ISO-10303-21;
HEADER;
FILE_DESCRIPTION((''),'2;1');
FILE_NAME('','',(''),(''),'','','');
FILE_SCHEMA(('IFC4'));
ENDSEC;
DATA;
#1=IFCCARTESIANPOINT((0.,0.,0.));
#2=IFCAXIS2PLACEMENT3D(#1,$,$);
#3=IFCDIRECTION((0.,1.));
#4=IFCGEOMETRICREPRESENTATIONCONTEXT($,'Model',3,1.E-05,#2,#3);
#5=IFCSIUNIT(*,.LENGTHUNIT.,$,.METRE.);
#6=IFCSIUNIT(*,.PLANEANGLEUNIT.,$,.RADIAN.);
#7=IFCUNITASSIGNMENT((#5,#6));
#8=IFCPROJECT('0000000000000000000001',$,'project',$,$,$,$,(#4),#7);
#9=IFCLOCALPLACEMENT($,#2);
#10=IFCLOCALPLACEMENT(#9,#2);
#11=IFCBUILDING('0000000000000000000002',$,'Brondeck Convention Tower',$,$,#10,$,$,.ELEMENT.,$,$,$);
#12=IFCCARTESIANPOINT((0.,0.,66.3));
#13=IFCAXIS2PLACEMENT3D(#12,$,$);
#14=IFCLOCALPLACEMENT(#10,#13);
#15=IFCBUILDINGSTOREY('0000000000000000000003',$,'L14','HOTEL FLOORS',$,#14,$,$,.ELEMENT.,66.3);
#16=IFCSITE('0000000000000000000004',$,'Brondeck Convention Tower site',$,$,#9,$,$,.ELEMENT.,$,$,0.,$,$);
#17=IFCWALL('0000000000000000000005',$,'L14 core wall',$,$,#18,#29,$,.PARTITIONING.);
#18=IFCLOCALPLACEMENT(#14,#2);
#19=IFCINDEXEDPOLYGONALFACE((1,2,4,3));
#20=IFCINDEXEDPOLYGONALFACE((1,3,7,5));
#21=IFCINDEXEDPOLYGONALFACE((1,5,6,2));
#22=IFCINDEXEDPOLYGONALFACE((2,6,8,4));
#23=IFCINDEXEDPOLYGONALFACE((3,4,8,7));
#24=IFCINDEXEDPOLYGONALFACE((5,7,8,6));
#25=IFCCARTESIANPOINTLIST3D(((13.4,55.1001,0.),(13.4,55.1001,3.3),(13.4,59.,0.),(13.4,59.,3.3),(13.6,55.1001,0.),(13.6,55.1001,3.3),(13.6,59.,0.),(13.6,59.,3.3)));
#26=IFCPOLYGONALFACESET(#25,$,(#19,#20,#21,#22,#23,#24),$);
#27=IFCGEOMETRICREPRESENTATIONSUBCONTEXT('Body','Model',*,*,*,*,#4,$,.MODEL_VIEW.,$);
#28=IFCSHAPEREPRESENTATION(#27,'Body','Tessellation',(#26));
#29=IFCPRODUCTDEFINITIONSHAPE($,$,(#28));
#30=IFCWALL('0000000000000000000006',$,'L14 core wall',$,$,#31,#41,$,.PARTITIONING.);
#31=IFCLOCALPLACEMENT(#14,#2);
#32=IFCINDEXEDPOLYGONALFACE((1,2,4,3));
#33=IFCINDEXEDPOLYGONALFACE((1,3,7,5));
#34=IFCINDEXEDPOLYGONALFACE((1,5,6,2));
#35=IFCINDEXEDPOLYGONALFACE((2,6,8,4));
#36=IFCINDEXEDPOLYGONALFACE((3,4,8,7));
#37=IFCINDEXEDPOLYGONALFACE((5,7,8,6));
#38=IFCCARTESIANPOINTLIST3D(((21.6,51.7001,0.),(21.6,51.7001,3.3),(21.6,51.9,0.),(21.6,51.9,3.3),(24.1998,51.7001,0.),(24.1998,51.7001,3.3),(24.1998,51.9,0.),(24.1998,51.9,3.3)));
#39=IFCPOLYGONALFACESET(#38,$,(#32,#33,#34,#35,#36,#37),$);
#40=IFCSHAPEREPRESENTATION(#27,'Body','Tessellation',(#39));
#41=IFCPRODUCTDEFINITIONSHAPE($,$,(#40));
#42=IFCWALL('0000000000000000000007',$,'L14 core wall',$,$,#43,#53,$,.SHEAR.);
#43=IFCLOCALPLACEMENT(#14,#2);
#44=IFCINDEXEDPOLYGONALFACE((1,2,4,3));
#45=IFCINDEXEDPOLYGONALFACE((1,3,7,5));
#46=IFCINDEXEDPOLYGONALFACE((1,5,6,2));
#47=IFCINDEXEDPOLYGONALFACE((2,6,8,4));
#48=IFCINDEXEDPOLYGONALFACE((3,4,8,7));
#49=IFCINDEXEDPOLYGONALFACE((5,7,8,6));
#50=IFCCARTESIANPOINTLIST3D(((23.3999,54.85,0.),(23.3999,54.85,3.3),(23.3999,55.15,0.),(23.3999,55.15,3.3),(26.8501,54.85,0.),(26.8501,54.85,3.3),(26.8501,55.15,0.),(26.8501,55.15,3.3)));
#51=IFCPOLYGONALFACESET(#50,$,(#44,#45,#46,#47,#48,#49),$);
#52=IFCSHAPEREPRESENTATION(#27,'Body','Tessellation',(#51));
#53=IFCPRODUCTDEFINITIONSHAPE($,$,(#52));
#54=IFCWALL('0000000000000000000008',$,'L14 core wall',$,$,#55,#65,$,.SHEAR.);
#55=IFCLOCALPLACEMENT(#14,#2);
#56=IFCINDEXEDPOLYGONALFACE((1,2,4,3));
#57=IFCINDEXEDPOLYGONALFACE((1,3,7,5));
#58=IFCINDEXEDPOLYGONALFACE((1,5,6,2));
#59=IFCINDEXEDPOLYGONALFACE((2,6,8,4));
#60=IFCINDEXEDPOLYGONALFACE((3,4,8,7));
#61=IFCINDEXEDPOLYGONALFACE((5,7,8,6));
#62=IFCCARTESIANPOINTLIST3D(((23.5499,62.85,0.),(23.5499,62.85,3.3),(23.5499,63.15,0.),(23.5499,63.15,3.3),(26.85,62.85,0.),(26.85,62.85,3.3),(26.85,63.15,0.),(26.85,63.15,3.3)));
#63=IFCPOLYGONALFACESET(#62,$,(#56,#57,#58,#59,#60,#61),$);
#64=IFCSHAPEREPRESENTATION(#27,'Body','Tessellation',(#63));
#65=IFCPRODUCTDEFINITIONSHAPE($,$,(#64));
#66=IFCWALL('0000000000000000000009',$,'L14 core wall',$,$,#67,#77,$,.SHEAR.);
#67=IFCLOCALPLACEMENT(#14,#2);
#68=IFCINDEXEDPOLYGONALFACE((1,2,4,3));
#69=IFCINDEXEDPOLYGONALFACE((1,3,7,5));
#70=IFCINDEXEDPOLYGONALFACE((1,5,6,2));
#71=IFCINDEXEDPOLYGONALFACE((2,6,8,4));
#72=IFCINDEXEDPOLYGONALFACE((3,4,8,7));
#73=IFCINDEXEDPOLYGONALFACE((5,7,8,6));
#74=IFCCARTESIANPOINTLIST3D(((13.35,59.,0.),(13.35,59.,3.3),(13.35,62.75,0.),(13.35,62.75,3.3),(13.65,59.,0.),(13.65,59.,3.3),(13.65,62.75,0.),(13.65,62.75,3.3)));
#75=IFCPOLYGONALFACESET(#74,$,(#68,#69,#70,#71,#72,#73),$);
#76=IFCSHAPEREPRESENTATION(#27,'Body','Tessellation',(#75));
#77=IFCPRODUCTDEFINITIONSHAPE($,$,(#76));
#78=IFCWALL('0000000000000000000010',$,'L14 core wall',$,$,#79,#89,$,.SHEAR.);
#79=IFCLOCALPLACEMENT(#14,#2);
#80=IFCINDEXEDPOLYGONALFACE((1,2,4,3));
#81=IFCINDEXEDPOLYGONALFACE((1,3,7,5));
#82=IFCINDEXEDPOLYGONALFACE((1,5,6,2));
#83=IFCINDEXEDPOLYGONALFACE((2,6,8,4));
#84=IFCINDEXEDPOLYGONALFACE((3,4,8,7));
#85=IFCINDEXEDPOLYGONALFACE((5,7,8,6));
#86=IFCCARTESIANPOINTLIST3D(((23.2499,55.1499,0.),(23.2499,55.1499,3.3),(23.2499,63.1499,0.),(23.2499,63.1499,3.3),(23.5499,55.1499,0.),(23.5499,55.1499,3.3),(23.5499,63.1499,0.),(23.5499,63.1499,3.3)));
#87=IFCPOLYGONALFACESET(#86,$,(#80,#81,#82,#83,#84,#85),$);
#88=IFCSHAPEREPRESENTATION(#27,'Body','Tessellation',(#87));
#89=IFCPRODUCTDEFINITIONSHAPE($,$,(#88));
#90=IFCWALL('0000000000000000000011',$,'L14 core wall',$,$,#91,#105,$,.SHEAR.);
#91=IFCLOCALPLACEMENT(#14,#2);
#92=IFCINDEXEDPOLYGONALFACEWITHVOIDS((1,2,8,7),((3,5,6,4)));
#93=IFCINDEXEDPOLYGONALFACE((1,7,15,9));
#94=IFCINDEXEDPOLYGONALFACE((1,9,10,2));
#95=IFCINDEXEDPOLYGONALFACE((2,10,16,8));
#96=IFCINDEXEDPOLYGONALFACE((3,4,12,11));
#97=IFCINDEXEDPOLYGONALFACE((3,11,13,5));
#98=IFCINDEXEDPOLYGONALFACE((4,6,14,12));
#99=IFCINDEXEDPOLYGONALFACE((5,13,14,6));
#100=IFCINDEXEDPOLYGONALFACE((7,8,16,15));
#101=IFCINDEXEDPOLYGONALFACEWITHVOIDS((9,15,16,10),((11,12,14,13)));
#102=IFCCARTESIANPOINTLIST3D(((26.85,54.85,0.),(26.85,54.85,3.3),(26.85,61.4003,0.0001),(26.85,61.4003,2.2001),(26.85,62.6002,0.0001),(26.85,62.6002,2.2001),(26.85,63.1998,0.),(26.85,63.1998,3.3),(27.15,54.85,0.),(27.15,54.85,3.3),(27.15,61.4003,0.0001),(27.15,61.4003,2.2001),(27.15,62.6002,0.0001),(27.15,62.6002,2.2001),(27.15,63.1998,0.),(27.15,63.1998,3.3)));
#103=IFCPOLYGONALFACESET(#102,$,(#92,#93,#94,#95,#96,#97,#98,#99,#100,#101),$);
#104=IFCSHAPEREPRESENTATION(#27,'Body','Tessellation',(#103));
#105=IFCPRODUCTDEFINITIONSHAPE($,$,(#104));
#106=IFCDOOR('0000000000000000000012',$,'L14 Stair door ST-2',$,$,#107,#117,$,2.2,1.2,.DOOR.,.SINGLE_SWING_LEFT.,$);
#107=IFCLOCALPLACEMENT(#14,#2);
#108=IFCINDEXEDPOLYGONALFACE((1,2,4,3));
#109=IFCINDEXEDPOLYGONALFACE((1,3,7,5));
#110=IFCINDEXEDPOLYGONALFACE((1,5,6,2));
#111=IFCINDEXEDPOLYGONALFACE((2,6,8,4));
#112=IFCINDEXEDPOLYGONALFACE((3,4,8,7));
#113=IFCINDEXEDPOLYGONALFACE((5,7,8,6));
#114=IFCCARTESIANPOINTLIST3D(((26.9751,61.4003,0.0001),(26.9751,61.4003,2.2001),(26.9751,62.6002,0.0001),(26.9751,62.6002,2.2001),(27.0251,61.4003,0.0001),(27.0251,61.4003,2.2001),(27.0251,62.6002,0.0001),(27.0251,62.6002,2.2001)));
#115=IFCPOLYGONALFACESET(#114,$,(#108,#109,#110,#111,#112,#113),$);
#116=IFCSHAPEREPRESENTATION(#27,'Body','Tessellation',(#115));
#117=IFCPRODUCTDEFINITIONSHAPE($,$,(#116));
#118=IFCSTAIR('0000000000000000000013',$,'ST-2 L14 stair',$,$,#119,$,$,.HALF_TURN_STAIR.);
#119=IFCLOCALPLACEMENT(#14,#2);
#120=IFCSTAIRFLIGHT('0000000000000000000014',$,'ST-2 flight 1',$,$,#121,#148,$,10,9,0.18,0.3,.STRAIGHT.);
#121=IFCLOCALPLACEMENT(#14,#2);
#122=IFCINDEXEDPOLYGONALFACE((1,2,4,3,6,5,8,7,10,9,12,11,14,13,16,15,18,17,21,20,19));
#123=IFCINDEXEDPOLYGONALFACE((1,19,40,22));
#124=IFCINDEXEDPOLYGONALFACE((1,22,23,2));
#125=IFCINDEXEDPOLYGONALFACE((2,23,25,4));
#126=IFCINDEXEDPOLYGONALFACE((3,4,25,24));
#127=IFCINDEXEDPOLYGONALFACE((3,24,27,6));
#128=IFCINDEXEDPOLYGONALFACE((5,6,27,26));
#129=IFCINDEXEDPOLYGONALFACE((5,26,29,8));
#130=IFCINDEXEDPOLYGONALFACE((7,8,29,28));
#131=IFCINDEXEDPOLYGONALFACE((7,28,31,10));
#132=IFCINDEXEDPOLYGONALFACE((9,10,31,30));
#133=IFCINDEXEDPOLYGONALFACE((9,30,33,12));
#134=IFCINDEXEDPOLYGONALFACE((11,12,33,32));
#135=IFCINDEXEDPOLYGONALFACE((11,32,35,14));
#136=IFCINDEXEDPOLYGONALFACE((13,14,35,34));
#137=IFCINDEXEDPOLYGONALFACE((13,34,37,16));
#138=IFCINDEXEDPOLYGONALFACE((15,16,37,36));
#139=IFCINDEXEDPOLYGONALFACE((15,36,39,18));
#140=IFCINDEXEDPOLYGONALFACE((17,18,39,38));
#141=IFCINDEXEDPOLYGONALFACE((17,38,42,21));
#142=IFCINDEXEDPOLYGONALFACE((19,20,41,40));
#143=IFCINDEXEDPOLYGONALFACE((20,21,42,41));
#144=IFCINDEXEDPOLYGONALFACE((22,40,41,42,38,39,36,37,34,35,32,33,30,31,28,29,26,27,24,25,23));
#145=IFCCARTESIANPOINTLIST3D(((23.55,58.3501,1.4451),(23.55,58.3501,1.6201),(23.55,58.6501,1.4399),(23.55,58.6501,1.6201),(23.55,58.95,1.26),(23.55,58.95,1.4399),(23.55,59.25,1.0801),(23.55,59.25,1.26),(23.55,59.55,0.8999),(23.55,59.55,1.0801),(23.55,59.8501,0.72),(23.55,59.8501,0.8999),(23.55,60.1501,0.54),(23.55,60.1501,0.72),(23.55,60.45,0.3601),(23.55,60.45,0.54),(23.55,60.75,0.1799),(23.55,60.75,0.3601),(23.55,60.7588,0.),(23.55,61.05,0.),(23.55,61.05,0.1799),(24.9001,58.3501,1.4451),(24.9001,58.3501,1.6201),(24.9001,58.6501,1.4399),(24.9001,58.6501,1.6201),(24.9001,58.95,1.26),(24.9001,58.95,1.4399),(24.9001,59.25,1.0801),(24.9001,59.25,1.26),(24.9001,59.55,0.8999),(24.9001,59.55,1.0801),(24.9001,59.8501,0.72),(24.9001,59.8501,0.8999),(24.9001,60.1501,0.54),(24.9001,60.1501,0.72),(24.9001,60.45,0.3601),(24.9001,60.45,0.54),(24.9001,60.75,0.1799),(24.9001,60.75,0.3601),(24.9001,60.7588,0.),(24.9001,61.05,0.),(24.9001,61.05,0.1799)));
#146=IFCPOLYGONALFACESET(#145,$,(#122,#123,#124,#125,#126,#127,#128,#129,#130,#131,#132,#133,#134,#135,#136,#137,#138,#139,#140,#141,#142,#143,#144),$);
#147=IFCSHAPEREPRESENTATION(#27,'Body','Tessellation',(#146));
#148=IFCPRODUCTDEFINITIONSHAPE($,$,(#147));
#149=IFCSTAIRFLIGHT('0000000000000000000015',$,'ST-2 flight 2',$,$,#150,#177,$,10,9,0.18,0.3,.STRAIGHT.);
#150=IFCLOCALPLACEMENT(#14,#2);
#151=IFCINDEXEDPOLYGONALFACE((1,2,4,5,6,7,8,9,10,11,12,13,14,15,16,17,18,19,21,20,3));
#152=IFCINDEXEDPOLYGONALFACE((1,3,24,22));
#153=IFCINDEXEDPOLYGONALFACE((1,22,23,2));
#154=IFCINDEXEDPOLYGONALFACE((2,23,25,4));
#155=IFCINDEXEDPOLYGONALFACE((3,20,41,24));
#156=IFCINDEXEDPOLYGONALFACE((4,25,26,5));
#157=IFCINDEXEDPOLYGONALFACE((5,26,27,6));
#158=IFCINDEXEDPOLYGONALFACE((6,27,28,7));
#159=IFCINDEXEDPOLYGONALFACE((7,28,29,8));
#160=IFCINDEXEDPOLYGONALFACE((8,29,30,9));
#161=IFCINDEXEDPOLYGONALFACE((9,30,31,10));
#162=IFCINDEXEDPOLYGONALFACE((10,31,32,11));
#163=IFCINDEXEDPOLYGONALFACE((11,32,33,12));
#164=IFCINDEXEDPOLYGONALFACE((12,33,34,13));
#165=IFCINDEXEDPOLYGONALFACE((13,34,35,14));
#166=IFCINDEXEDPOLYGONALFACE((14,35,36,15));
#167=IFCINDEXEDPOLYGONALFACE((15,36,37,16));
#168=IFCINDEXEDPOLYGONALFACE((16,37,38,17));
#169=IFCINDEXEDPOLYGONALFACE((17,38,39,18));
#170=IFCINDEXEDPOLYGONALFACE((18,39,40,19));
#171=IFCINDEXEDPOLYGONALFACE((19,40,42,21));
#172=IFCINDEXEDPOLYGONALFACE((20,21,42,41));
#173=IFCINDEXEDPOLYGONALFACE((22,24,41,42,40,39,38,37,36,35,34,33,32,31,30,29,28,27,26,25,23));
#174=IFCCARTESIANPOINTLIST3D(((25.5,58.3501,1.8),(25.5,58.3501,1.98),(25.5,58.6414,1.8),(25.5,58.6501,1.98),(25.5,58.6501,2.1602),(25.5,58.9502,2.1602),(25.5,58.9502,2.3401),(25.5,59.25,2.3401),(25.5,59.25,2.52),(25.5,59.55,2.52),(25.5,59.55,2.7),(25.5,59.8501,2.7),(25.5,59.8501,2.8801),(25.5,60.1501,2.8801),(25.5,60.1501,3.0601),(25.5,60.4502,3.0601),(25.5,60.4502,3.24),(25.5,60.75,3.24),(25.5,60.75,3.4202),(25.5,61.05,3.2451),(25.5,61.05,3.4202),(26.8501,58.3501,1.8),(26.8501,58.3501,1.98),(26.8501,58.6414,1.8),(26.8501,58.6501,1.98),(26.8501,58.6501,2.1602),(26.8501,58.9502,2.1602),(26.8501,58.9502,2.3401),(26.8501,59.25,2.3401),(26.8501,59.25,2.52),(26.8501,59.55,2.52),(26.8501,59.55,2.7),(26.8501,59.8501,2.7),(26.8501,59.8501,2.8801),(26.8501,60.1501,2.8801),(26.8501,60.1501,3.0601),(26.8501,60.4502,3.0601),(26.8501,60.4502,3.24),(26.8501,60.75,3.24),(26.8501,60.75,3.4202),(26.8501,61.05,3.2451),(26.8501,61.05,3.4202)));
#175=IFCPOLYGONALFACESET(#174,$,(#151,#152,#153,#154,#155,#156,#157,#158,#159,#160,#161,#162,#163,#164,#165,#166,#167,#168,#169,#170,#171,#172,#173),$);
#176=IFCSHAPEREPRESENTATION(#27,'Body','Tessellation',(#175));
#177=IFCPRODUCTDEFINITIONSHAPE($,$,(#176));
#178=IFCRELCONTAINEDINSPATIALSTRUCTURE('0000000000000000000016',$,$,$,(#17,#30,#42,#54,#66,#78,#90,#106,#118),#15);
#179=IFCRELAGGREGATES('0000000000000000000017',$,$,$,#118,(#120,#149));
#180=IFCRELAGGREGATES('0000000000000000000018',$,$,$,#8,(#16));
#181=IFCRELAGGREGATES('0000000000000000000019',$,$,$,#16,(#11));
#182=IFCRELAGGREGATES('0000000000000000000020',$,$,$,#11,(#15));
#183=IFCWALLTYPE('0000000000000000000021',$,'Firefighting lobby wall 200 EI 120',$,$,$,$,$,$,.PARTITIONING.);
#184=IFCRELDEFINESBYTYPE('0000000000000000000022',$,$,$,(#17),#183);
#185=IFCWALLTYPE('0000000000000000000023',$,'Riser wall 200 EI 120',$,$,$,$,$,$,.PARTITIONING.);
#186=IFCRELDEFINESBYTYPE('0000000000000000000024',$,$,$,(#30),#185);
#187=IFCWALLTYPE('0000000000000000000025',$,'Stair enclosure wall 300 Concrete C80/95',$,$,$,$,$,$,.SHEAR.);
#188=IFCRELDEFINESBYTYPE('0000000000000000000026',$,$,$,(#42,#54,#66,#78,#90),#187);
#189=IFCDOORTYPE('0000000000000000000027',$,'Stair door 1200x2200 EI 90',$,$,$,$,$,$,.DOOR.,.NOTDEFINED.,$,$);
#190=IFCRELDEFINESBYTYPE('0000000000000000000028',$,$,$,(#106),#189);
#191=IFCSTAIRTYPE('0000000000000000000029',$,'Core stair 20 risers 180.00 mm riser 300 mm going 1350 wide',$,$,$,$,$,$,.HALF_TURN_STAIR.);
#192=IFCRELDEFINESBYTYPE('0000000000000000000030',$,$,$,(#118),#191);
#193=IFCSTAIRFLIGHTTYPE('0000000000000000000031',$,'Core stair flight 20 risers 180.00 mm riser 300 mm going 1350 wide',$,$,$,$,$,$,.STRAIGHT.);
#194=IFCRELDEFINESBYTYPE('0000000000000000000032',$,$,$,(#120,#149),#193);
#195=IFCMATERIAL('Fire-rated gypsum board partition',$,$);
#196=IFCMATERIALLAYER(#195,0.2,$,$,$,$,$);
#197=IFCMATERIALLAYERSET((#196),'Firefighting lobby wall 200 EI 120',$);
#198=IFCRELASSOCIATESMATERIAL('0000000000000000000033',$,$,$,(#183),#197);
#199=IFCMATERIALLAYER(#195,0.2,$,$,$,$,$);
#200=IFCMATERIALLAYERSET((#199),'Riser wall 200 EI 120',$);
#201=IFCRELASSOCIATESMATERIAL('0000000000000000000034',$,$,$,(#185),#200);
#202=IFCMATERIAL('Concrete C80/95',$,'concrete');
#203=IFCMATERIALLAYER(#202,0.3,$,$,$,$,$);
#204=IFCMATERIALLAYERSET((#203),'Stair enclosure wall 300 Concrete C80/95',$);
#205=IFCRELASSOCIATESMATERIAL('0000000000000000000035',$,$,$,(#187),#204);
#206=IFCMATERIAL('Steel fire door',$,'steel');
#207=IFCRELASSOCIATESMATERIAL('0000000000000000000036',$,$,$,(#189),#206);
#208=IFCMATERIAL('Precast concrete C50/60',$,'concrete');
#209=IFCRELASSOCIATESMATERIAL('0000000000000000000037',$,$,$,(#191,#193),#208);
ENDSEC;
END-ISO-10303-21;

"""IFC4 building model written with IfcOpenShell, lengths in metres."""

from ifc_helpers import new_model, si_unit, direction, frame, frame_2d, origin, place, context, subcontext, project, spatial, polyline, rectangle, outline, extrude, material, layer, layer_set, type_object, element, fill, aggregate, save


model = new_model("IFC4")

# Units and contexts
model_context = context("Model", 3, precision=1e-05, world=origin(), true_north=direction((0.0, 1.0)))
body_context = subcontext(model_context, "Body", "Model", "MODEL_VIEW")
ifc_project = project(units=[si_unit("LENGTHUNIT", "METRE"), si_unit("PLANEANGLEUNIT", "RADIAN")], contexts=[model_context])

# Site, building, storey
site_placement = place(None, origin())
site = spatial("IfcSite", under=ifc_project, at=site_placement, Name="Brondeck Convention Tower site", CompositionType="ELEMENT", RefElevation=0.0)
building_placement = place(site_placement, origin())
building = spatial("IfcBuilding", under=site, at=building_placement, Name="Brondeck Convention Tower", CompositionType="ELEMENT")
storey_placement = place(building_placement, frame((0.0, 0.0, 66.3)))
storey = spatial("IfcBuildingStorey", under=building, at=storey_placement, Name="L14", Description="HOTEL FLOORS", CompositionType="ELEMENT", Elevation=66.3)

# Shared definitions
ifc_material_1 = material(Name="Concrete C80/95", Category="concrete")

# Shared definitions
ifc_material_2 = material(Name="Fire-rated gypsum board partition")
ifc_material_3 = material(Name="Steel fire door", Category="steel")

# Walls
ifc_layer_1 = layer(ifc_material_2, 0.2)
ifc_layer_set_1 = layer_set([ifc_layer_1], Name="Firefighting lobby wall 200 EI 120")
wall_type_1 = type_object("IfcWallType", Name="Firefighting lobby wall 200 EI 120", PredefinedType="PARTITIONING", material=ifc_layer_set_1)
wall_1_placement = place(storey_placement, frame((13.5, 55.1001, 0.0), z_axis=(0.0, 0.0, 1.0), x_axis=(0.0, 1.0, 0.0)))
element("IfcWall", 1, at=wall_1_placement, inside=storey, type_object=wall_type_1, Name="L14 core wall", PredefinedType="PARTITIONING", context=body_context, shape_type="SweptSolid", body=[
    extrude(rectangle(XDim=3.8999, YDim=0.2, at=frame_2d((1.95, 0.0))), origin(), (0.0, 0.0, 1.0), 3.3),
])
ifc_layer_2 = layer(ifc_material_2, 0.2)
ifc_layer_set_2 = layer_set([ifc_layer_2], Name="Riser wall 200 EI 120")
wall_type_2 = type_object("IfcWallType", Name="Riser wall 200 EI 120", PredefinedType="PARTITIONING", material=ifc_layer_set_2)
wall_2_placement = place(storey_placement, frame((21.6001, 51.8, 0.0), z_axis=(0.0, 0.0, 1.0), x_axis=(1.0, 0.0, 0.0)))
element("IfcWall", 2, at=wall_2_placement, inside=storey, type_object=wall_type_2, Name="L14 core wall", PredefinedType="PARTITIONING", context=body_context, shape_type="SweptSolid", body=[
    extrude(rectangle(XDim=2.5999, YDim=0.2, at=frame_2d((1.2998, 0.0))), origin(), (0.0, 0.0, 1.0), 3.3),
])
ifc_layer_3 = layer(ifc_material_1, 0.3)
ifc_layer_set_3 = layer_set([ifc_layer_3], Name="Stair enclosure wall 300 Concrete C80/95")
wall_type_3 = type_object("IfcWallType", Name="Stair enclosure wall 300 Concrete C80/95", PredefinedType="SHEAR", material=ifc_layer_set_3)
wall_3_placement = place(storey_placement, frame((23.3999, 55.0, 0.0), z_axis=(0.0, 0.0, 1.0), x_axis=(1.0, 0.0, 0.0)))
element("IfcWall", 3, at=wall_3_placement, inside=storey, type_object=wall_type_3, Name="L14 core wall", PredefinedType="SHEAR", context=body_context, shape_type="SweptSolid", body=[
    extrude(rectangle(XDim=3.4502, YDim=0.3, at=frame_2d((1.7251, 0.0))), origin(), (0.0, 0.0, 1.0), 3.3),
])
wall_4_placement = place(storey_placement, frame((23.55, 63.0, 0.0), z_axis=(0.0, 0.0, 1.0), x_axis=(1.0, 0.0, 0.0)))
element("IfcWall", 4, at=wall_4_placement, inside=storey, type_object=wall_type_3, Name="L14 core wall", PredefinedType="SHEAR", context=body_context, shape_type="SweptSolid", body=[
    extrude(rectangle(XDim=3.3, YDim=0.3, at=frame_2d((1.6499, 0.0))), origin(), (0.0, 0.0, 1.0), 3.3),
])
wall_5_placement = place(storey_placement, frame((13.5, 59.0, 0.0), z_axis=(0.0, 0.0, 1.0), x_axis=(0.0, 1.0, 0.0)))
element("IfcWall", 5, at=wall_5_placement, inside=storey, type_object=wall_type_3, Name="L14 core wall", PredefinedType="SHEAR", context=body_context, shape_type="SweptSolid", body=[
    extrude(rectangle(XDim=3.75, YDim=0.3, at=frame_2d((1.875, 0.0))), origin(), (0.0, 0.0, 1.0), 3.3),
])
wall_6_placement = place(storey_placement, frame((23.3999, 55.1499, 0.0), z_axis=(0.0, 0.0, 1.0), x_axis=(0.0, 1.0, 0.0)))
element("IfcWall", 6, at=wall_6_placement, inside=storey, type_object=wall_type_3, Name="L14 core wall", PredefinedType="SHEAR", context=body_context, shape_type="SweptSolid", body=[
    extrude(rectangle(XDim=8.0, YDim=0.3, at=frame_2d((4.0, 0.0))), origin(), (0.0, 0.0, 1.0), 3.3),
])

# Wall, opening, door
wall_7_placement = place(storey_placement, frame((27.0, 54.8501, 0.0), z_axis=(0.0, 0.0, 1.0), x_axis=(0.0, 1.0, 0.0)))
wall_7 = element("IfcWall", 7, at=wall_7_placement, inside=storey, type_object=wall_type_3, Name="L14 core wall", PredefinedType="SHEAR", context=body_context, shape_type="SweptSolid", body=[
    extrude(rectangle(XDim=8.3499, YDim=0.3, at=frame_2d((4.1748, 0.0))), origin(), (0.0, 0.0, 1.0), 3.3),
])
opening_1_placement = place(wall_7_placement, frame((6.55, 0.0, 0.0)))
opening_1 = element("IfcOpeningElement", 8, at=opening_1_placement, cuts=wall_7, PredefinedType="OPENING", context=body_context, shape_type="SweptSolid", body=[
    extrude(rectangle(XDim=1.2, YDim=2.2, at=frame_2d((0.6001, 1.1001))), frame((0.0, 0.1599, 0.0), z_axis=(0.0, -1.0, 0.0), x_axis=(1.0, 0.0, 0.0)), (0.0, 0.0, 1.0), 0.3201),
])
door_type_1 = type_object("IfcDoorType", Name="Stair door 1200x2200 EI 90", OperationType="NOTDEFINED", PredefinedType="DOOR", material=ifc_material_3)
door_1_placement = place(opening_1_placement, origin())
door_1 = element("IfcDoor", 9, at=door_1_placement, inside=storey, type_object=door_type_1, Name="L14 Stair door ST-2", OperationType="SINGLE_SWING_LEFT", OverallHeight=2.2, OverallWidth=1.2, PredefinedType="DOOR", context=body_context, shape_type="SweptSolid", body=[
    extrude(rectangle(XDim=1.2, YDim=2.2, at=frame_2d((0.6001, 1.1001))), frame((0.0, 0.0249, 0.0), z_axis=(0.0, -1.0, 0.0), x_axis=(1.0, 0.0, 0.0)), (0.0, 0.0, 1.0), 0.05),
])
fill(opening_1, door_1)

# Stair, stair flights
ifc_material_4 = material(Name="Precast concrete C50/60", Category="concrete")
stair_type = type_object("IfcStairType", Name="Core stair 20 risers 180.00 mm riser 300 mm going 1350 wide", PredefinedType="HALF_TURN_STAIR", material=ifc_material_4)
stair_1_placement = place(storey_placement, origin())
stair_1 = element("IfcStair", 10, at=stair_1_placement, inside=storey, type_object=stair_type, Name="ST-2 L14 stair", PredefinedType="HALF_TURN_STAIR")
stair_flight_type = type_object("IfcStairFlightType", Name="Core stair flight 20 risers 180.00 mm riser 300 mm going 1350 wide", PredefinedType="STRAIGHT", material=ifc_material_4)
stair_flight_1_placement = place(storey_placement, frame((24.2251, 61.05, 0.0), z_axis=(0.0, 0.0, 1.0), x_axis=(0.0, -1.0, 0.0)))
stair_flight_1 = element("IfcStairFlight", 11, at=stair_flight_1_placement, type_object=stair_flight_type, Name="ST-2 flight 1", NumberOfRisers=10, NumberOfTreads=9, PredefinedType="STRAIGHT", RiserHeight=0.18, TreadLength=0.3, context=body_context, shape_type="SweptSolid", body=[
    extrude(outline(polyline([(0.0, 0.0), (0.0, 0.1799), (0.3, 0.1799), (0.3, 0.3601), (0.6001, 0.3601), (0.6001, 0.54), (0.8999, 0.54), (0.8999, 0.72), (1.2, 0.72), (1.2, 0.8999), (1.5, 0.8999), (1.5, 1.0801), (1.8, 1.0801), (1.8, 1.26), (2.1001, 1.26), (2.1001, 1.4399), (2.3999, 1.4399), (2.3999, 1.6201), (2.7, 1.6201), (2.7, 1.8), (2.7, 1.4451), (0.2913, 0.0), (0.0, 0.0)])), frame((0.0, 0.675, 0.0), z_axis=(0.0, -1.0, 0.0), x_axis=(1.0, 0.0, 0.0)), (0.0, 0.0, 1.0), 1.3501),
])
stair_flight_2_placement = place(storey_placement, frame((26.175, 58.3501, 1.8), z_axis=(0.0, 0.0, 1.0), x_axis=(0.0, 1.0, 0.0)))
stair_flight_2 = element("IfcStairFlight", 12, at=stair_flight_2_placement, type_object=stair_flight_type, Name="ST-2 flight 2", NumberOfRisers=10, NumberOfTreads=9, PredefinedType="STRAIGHT", RiserHeight=0.18, TreadLength=0.3, context=body_context, shape_type="SweptSolid", body=[
    extrude(outline(polyline([(0.0, 0.0), (0.0, 0.1799), (0.3, 0.1799), (0.3, 0.3601), (0.6001, 0.3601), (0.6001, 0.54), (0.8999, 0.54), (0.8999, 0.72), (1.2, 0.72), (1.2, 0.8999), (1.5, 0.8999), (1.5, 1.0801), (1.8, 1.0801), (1.8, 1.26), (2.1001, 1.26), (2.1001, 1.4399), (2.3999, 1.4399), (2.3999, 1.6201), (2.7, 1.6201), (2.7, 1.8), (2.7, 1.4451), (0.2913, 0.0), (0.0, 0.0)])), frame((0.0, 0.675, 0.0), z_axis=(0.0, -1.0, 0.0), x_axis=(1.0, 0.0, 0.0)), (0.0, 0.0, 1.0), 1.3501),
])
aggregate(stair_1, [stair_flight_1, stair_flight_2])

save(model, "model.ifc")
